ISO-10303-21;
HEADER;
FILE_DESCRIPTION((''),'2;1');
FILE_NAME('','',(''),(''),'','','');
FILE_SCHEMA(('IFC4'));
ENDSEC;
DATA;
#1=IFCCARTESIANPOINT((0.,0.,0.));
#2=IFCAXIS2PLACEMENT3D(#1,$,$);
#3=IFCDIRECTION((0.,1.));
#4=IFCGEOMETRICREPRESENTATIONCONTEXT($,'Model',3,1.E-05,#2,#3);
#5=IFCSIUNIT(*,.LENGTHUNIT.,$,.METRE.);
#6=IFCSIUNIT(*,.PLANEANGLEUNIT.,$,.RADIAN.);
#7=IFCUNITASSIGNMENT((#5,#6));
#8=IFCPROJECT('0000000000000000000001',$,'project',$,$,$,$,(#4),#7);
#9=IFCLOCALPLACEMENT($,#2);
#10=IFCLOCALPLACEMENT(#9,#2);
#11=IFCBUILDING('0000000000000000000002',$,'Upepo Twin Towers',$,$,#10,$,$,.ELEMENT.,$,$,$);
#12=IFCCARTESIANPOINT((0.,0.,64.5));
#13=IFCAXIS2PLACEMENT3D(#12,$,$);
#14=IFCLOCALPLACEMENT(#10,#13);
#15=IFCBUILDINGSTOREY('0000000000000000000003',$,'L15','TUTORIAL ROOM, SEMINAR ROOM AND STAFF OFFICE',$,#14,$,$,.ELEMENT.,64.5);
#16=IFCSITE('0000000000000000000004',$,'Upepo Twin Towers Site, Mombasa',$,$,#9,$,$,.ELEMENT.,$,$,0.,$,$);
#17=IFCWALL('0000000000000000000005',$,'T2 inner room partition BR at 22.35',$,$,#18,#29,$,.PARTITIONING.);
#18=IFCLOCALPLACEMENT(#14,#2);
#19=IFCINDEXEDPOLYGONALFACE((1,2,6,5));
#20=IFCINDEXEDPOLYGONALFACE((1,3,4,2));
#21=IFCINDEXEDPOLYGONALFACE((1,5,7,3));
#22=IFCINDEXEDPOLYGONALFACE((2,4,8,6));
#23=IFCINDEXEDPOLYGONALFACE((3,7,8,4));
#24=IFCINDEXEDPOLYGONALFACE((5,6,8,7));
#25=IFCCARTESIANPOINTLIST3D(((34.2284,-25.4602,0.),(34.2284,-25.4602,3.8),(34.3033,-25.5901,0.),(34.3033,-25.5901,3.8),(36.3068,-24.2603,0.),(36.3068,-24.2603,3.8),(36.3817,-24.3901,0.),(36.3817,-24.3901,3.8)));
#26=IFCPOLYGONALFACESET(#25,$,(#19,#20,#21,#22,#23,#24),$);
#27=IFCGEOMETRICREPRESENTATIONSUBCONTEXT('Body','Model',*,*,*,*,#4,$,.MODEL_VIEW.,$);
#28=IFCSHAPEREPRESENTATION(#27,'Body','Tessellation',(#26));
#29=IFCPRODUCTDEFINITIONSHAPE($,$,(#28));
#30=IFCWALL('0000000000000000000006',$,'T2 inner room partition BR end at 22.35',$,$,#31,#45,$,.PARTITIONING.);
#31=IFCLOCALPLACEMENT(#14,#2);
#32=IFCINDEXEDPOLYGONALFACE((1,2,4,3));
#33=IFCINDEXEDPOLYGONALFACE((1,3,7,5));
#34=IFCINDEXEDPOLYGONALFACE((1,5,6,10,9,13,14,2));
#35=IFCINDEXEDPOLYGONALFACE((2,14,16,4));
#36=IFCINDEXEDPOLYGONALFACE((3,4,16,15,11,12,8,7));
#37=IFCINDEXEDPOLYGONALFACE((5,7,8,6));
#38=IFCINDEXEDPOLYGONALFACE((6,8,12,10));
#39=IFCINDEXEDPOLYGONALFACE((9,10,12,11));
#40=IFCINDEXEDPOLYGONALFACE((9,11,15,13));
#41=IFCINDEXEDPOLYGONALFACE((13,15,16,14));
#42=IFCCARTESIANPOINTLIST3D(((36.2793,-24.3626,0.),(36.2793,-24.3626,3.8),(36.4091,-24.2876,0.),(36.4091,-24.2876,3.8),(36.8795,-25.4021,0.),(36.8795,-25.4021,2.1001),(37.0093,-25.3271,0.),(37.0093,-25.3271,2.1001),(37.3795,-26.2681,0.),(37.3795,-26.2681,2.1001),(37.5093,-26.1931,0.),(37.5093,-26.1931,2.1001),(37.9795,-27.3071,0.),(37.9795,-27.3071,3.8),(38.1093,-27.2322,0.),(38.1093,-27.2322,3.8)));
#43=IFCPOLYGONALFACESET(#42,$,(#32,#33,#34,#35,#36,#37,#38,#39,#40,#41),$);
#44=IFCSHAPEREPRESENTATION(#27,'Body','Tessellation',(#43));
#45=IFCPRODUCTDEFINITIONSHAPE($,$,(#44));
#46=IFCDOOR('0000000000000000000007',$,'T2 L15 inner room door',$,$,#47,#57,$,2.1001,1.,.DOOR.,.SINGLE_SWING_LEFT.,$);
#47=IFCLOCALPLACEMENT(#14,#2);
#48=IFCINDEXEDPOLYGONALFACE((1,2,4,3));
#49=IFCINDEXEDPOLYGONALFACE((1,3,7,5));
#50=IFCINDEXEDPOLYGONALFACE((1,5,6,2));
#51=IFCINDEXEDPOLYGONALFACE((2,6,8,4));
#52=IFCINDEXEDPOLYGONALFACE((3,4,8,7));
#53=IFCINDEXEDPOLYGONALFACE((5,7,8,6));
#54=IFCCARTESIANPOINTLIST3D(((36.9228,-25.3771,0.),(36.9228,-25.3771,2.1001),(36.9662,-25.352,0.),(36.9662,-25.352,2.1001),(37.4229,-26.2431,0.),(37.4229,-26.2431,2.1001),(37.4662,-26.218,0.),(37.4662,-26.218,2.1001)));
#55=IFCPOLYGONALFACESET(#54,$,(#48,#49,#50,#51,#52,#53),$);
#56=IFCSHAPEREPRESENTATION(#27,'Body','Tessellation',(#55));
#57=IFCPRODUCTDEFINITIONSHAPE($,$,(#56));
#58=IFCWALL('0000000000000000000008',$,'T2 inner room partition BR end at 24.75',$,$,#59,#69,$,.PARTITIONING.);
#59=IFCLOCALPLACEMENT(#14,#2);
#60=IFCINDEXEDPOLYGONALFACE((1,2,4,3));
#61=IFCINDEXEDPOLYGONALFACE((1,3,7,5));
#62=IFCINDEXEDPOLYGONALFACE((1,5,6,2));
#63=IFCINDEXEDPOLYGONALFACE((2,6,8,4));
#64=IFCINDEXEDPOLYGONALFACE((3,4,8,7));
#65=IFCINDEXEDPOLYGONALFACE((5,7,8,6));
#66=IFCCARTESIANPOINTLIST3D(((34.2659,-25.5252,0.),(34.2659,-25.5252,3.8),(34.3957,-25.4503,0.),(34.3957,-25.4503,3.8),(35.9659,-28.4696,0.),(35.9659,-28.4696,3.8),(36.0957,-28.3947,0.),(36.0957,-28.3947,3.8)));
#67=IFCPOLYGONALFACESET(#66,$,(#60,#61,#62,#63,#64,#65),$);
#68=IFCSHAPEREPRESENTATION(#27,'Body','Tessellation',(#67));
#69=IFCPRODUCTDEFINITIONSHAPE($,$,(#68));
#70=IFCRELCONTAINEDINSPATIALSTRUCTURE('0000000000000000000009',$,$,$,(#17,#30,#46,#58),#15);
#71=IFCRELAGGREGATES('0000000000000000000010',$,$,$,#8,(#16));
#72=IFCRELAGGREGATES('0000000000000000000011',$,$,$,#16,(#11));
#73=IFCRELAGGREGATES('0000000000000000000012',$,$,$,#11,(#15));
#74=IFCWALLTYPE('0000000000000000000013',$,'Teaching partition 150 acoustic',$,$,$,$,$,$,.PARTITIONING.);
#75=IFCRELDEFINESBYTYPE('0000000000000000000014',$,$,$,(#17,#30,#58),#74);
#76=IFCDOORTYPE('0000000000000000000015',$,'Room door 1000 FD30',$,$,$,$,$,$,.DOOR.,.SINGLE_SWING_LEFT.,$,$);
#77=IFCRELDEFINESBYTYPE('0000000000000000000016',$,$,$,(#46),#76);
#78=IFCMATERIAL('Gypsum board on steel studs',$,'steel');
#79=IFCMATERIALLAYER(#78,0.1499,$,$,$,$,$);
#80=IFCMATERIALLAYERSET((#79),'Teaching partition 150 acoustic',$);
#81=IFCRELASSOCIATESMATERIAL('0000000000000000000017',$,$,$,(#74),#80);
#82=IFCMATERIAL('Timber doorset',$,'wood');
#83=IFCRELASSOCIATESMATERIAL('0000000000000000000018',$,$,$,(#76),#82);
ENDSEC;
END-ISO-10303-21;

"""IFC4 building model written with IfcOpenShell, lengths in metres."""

from ifc_helpers import new_model, si_unit, direction, frame, frame_2d, origin, place, context, subcontext, project, spatial, rectangle, extrude, material, layer, layer_set, type_object, element, fill, save


model = new_model("IFC4")

# Units and contexts
model_context = context("Model", 3, precision=1e-05, world=origin(), true_north=direction((0.0, 1.0)))
body_context = subcontext(model_context, "Body", "Model", "MODEL_VIEW")
ifc_project = project(units=[si_unit("LENGTHUNIT", "METRE"), si_unit("PLANEANGLEUNIT", "RADIAN")], contexts=[model_context])

# Site, building, storey
site_placement = place(None, origin())
site = spatial("IfcSite", under=ifc_project, at=site_placement, Name="Upepo Twin Towers Site, Mombasa", CompositionType="ELEMENT", RefElevation=0.0)
building_placement = place(site_placement, origin())
building = spatial("IfcBuilding", under=site, at=building_placement, Name="Upepo Twin Towers", CompositionType="ELEMENT")
storey_placement = place(building_placement, frame((0.0, 0.0, 64.5)))
storey = spatial("IfcBuildingStorey", under=building, at=storey_placement, Name="L15", Description="TUTORIAL ROOM, SEMINAR ROOM AND STAFF OFFICE", CompositionType="ELEMENT", Elevation=64.5)

# Shared definitions
ifc_material_1 = material(Name="Gypsum board on steel studs", Category="steel")
ifc_layer_1 = layer(ifc_material_1, 0.1499)
ifc_layer_set_1 = layer_set([ifc_layer_1], Name="Teaching partition 150 acoustic")
wall_type_1 = type_object("IfcWallType", Name="Teaching partition 150 acoustic", PredefinedType="PARTITIONING", material=ifc_layer_set_1)
ifc_material_2 = material(Name="Timber doorset", Category="wood")
door_type = type_object("IfcDoorType", Name="Room door 1000 FD30", OperationType="SINGLE_SWING_LEFT", PredefinedType="DOOR", material=ifc_material_2)

# Wall
wall_1_placement = place(storey_placement, frame((36.3442, -24.3252, 0.0), z_axis=(0.0, 0.0, 1.0), x_axis=(-0.866025, -0.500001, 0.0)))
element("IfcWall", 1, at=wall_1_placement, inside=storey, type_object=wall_type_1, Name="T2 inner room partition BR at 22.35", PredefinedType="PARTITIONING", context=body_context, shape_type="SweptSolid", body=[
    extrude(rectangle(XDim=2.3999, YDim=0.1499, at=frame_2d((1.2, 0.0))), origin(), (0.0, 0.0, 1.0), 3.8),
])

# Wall, opening, door
wall_2_placement = place(storey_placement, frame((38.0444, -27.2698, 0.0), z_axis=(0.0, 0.0, 1.0), x_axis=(-0.500031, 0.866007, 0.0)))
wall_2 = element("IfcWall", 2, at=wall_2_placement, inside=storey, type_object=wall_type_1, Name="T2 inner room partition BR end at 22.35", PredefinedType="PARTITIONING", context=body_context, shape_type="SweptSolid", body=[
    extrude(rectangle(XDim=3.4001, YDim=0.1499, at=frame_2d((1.7002, 0.0))), origin(), (0.0, 0.0, 1.0), 3.8),
])
opening_1_placement = place(wall_2_placement, frame((1.2, 0.0, 0.0)))
opening_1 = element("IfcOpeningElement", 3, at=opening_1_placement, cuts=wall_2, PredefinedType="OPENING", context=body_context, shape_type="SweptSolid", body=[
    extrude(rectangle(XDim=1.0, YDim=2.1001, at=frame_2d((0.5, 1.05))), frame((0.0, 0.085, 0.0), z_axis=(0.0, -1.0, 0.0), x_axis=(1.0, 0.0, 0.0)), (0.0, 0.0, 1.0), 0.1699),
])
door_1_placement = place(opening_1_placement, origin())
door_1 = element("IfcDoor", 4, at=door_1_placement, inside=storey, type_object=door_type, Name="T2 L15 inner room door", OperationType="SINGLE_SWING_LEFT", OverallHeight=2.1001, OverallWidth=1.0, PredefinedType="DOOR", context=body_context, shape_type="SweptSolid", body=[
    extrude(rectangle(XDim=1.0, YDim=2.1001, at=frame_2d((0.5, 1.05))), frame((0.0, 0.0249, 0.0), z_axis=(0.0, -1.0, 0.0), x_axis=(1.0, 0.0, 0.0)), (0.0, 0.0, 1.0), 0.05),
])
fill(opening_1, door_1)

# Wall
wall_3_placement = place(storey_placement, frame((36.0308, -28.4321, 0.0), z_axis=(0.0, 0.0, 1.0), x_axis=(-0.500008, 0.866021, 0.0)))
element("IfcWall", 5, at=wall_3_placement, inside=storey, type_object=wall_type_1, Name="T2 inner room partition BR end at 24.75", PredefinedType="PARTITIONING", context=body_context, shape_type="SweptSolid", body=[
    extrude(rectangle(XDim=3.3999, YDim=0.1499, at=frame_2d((1.7, 0.0))), origin(), (0.0, 0.0, 1.0), 3.8),
])

save(model, "model.ifc")
